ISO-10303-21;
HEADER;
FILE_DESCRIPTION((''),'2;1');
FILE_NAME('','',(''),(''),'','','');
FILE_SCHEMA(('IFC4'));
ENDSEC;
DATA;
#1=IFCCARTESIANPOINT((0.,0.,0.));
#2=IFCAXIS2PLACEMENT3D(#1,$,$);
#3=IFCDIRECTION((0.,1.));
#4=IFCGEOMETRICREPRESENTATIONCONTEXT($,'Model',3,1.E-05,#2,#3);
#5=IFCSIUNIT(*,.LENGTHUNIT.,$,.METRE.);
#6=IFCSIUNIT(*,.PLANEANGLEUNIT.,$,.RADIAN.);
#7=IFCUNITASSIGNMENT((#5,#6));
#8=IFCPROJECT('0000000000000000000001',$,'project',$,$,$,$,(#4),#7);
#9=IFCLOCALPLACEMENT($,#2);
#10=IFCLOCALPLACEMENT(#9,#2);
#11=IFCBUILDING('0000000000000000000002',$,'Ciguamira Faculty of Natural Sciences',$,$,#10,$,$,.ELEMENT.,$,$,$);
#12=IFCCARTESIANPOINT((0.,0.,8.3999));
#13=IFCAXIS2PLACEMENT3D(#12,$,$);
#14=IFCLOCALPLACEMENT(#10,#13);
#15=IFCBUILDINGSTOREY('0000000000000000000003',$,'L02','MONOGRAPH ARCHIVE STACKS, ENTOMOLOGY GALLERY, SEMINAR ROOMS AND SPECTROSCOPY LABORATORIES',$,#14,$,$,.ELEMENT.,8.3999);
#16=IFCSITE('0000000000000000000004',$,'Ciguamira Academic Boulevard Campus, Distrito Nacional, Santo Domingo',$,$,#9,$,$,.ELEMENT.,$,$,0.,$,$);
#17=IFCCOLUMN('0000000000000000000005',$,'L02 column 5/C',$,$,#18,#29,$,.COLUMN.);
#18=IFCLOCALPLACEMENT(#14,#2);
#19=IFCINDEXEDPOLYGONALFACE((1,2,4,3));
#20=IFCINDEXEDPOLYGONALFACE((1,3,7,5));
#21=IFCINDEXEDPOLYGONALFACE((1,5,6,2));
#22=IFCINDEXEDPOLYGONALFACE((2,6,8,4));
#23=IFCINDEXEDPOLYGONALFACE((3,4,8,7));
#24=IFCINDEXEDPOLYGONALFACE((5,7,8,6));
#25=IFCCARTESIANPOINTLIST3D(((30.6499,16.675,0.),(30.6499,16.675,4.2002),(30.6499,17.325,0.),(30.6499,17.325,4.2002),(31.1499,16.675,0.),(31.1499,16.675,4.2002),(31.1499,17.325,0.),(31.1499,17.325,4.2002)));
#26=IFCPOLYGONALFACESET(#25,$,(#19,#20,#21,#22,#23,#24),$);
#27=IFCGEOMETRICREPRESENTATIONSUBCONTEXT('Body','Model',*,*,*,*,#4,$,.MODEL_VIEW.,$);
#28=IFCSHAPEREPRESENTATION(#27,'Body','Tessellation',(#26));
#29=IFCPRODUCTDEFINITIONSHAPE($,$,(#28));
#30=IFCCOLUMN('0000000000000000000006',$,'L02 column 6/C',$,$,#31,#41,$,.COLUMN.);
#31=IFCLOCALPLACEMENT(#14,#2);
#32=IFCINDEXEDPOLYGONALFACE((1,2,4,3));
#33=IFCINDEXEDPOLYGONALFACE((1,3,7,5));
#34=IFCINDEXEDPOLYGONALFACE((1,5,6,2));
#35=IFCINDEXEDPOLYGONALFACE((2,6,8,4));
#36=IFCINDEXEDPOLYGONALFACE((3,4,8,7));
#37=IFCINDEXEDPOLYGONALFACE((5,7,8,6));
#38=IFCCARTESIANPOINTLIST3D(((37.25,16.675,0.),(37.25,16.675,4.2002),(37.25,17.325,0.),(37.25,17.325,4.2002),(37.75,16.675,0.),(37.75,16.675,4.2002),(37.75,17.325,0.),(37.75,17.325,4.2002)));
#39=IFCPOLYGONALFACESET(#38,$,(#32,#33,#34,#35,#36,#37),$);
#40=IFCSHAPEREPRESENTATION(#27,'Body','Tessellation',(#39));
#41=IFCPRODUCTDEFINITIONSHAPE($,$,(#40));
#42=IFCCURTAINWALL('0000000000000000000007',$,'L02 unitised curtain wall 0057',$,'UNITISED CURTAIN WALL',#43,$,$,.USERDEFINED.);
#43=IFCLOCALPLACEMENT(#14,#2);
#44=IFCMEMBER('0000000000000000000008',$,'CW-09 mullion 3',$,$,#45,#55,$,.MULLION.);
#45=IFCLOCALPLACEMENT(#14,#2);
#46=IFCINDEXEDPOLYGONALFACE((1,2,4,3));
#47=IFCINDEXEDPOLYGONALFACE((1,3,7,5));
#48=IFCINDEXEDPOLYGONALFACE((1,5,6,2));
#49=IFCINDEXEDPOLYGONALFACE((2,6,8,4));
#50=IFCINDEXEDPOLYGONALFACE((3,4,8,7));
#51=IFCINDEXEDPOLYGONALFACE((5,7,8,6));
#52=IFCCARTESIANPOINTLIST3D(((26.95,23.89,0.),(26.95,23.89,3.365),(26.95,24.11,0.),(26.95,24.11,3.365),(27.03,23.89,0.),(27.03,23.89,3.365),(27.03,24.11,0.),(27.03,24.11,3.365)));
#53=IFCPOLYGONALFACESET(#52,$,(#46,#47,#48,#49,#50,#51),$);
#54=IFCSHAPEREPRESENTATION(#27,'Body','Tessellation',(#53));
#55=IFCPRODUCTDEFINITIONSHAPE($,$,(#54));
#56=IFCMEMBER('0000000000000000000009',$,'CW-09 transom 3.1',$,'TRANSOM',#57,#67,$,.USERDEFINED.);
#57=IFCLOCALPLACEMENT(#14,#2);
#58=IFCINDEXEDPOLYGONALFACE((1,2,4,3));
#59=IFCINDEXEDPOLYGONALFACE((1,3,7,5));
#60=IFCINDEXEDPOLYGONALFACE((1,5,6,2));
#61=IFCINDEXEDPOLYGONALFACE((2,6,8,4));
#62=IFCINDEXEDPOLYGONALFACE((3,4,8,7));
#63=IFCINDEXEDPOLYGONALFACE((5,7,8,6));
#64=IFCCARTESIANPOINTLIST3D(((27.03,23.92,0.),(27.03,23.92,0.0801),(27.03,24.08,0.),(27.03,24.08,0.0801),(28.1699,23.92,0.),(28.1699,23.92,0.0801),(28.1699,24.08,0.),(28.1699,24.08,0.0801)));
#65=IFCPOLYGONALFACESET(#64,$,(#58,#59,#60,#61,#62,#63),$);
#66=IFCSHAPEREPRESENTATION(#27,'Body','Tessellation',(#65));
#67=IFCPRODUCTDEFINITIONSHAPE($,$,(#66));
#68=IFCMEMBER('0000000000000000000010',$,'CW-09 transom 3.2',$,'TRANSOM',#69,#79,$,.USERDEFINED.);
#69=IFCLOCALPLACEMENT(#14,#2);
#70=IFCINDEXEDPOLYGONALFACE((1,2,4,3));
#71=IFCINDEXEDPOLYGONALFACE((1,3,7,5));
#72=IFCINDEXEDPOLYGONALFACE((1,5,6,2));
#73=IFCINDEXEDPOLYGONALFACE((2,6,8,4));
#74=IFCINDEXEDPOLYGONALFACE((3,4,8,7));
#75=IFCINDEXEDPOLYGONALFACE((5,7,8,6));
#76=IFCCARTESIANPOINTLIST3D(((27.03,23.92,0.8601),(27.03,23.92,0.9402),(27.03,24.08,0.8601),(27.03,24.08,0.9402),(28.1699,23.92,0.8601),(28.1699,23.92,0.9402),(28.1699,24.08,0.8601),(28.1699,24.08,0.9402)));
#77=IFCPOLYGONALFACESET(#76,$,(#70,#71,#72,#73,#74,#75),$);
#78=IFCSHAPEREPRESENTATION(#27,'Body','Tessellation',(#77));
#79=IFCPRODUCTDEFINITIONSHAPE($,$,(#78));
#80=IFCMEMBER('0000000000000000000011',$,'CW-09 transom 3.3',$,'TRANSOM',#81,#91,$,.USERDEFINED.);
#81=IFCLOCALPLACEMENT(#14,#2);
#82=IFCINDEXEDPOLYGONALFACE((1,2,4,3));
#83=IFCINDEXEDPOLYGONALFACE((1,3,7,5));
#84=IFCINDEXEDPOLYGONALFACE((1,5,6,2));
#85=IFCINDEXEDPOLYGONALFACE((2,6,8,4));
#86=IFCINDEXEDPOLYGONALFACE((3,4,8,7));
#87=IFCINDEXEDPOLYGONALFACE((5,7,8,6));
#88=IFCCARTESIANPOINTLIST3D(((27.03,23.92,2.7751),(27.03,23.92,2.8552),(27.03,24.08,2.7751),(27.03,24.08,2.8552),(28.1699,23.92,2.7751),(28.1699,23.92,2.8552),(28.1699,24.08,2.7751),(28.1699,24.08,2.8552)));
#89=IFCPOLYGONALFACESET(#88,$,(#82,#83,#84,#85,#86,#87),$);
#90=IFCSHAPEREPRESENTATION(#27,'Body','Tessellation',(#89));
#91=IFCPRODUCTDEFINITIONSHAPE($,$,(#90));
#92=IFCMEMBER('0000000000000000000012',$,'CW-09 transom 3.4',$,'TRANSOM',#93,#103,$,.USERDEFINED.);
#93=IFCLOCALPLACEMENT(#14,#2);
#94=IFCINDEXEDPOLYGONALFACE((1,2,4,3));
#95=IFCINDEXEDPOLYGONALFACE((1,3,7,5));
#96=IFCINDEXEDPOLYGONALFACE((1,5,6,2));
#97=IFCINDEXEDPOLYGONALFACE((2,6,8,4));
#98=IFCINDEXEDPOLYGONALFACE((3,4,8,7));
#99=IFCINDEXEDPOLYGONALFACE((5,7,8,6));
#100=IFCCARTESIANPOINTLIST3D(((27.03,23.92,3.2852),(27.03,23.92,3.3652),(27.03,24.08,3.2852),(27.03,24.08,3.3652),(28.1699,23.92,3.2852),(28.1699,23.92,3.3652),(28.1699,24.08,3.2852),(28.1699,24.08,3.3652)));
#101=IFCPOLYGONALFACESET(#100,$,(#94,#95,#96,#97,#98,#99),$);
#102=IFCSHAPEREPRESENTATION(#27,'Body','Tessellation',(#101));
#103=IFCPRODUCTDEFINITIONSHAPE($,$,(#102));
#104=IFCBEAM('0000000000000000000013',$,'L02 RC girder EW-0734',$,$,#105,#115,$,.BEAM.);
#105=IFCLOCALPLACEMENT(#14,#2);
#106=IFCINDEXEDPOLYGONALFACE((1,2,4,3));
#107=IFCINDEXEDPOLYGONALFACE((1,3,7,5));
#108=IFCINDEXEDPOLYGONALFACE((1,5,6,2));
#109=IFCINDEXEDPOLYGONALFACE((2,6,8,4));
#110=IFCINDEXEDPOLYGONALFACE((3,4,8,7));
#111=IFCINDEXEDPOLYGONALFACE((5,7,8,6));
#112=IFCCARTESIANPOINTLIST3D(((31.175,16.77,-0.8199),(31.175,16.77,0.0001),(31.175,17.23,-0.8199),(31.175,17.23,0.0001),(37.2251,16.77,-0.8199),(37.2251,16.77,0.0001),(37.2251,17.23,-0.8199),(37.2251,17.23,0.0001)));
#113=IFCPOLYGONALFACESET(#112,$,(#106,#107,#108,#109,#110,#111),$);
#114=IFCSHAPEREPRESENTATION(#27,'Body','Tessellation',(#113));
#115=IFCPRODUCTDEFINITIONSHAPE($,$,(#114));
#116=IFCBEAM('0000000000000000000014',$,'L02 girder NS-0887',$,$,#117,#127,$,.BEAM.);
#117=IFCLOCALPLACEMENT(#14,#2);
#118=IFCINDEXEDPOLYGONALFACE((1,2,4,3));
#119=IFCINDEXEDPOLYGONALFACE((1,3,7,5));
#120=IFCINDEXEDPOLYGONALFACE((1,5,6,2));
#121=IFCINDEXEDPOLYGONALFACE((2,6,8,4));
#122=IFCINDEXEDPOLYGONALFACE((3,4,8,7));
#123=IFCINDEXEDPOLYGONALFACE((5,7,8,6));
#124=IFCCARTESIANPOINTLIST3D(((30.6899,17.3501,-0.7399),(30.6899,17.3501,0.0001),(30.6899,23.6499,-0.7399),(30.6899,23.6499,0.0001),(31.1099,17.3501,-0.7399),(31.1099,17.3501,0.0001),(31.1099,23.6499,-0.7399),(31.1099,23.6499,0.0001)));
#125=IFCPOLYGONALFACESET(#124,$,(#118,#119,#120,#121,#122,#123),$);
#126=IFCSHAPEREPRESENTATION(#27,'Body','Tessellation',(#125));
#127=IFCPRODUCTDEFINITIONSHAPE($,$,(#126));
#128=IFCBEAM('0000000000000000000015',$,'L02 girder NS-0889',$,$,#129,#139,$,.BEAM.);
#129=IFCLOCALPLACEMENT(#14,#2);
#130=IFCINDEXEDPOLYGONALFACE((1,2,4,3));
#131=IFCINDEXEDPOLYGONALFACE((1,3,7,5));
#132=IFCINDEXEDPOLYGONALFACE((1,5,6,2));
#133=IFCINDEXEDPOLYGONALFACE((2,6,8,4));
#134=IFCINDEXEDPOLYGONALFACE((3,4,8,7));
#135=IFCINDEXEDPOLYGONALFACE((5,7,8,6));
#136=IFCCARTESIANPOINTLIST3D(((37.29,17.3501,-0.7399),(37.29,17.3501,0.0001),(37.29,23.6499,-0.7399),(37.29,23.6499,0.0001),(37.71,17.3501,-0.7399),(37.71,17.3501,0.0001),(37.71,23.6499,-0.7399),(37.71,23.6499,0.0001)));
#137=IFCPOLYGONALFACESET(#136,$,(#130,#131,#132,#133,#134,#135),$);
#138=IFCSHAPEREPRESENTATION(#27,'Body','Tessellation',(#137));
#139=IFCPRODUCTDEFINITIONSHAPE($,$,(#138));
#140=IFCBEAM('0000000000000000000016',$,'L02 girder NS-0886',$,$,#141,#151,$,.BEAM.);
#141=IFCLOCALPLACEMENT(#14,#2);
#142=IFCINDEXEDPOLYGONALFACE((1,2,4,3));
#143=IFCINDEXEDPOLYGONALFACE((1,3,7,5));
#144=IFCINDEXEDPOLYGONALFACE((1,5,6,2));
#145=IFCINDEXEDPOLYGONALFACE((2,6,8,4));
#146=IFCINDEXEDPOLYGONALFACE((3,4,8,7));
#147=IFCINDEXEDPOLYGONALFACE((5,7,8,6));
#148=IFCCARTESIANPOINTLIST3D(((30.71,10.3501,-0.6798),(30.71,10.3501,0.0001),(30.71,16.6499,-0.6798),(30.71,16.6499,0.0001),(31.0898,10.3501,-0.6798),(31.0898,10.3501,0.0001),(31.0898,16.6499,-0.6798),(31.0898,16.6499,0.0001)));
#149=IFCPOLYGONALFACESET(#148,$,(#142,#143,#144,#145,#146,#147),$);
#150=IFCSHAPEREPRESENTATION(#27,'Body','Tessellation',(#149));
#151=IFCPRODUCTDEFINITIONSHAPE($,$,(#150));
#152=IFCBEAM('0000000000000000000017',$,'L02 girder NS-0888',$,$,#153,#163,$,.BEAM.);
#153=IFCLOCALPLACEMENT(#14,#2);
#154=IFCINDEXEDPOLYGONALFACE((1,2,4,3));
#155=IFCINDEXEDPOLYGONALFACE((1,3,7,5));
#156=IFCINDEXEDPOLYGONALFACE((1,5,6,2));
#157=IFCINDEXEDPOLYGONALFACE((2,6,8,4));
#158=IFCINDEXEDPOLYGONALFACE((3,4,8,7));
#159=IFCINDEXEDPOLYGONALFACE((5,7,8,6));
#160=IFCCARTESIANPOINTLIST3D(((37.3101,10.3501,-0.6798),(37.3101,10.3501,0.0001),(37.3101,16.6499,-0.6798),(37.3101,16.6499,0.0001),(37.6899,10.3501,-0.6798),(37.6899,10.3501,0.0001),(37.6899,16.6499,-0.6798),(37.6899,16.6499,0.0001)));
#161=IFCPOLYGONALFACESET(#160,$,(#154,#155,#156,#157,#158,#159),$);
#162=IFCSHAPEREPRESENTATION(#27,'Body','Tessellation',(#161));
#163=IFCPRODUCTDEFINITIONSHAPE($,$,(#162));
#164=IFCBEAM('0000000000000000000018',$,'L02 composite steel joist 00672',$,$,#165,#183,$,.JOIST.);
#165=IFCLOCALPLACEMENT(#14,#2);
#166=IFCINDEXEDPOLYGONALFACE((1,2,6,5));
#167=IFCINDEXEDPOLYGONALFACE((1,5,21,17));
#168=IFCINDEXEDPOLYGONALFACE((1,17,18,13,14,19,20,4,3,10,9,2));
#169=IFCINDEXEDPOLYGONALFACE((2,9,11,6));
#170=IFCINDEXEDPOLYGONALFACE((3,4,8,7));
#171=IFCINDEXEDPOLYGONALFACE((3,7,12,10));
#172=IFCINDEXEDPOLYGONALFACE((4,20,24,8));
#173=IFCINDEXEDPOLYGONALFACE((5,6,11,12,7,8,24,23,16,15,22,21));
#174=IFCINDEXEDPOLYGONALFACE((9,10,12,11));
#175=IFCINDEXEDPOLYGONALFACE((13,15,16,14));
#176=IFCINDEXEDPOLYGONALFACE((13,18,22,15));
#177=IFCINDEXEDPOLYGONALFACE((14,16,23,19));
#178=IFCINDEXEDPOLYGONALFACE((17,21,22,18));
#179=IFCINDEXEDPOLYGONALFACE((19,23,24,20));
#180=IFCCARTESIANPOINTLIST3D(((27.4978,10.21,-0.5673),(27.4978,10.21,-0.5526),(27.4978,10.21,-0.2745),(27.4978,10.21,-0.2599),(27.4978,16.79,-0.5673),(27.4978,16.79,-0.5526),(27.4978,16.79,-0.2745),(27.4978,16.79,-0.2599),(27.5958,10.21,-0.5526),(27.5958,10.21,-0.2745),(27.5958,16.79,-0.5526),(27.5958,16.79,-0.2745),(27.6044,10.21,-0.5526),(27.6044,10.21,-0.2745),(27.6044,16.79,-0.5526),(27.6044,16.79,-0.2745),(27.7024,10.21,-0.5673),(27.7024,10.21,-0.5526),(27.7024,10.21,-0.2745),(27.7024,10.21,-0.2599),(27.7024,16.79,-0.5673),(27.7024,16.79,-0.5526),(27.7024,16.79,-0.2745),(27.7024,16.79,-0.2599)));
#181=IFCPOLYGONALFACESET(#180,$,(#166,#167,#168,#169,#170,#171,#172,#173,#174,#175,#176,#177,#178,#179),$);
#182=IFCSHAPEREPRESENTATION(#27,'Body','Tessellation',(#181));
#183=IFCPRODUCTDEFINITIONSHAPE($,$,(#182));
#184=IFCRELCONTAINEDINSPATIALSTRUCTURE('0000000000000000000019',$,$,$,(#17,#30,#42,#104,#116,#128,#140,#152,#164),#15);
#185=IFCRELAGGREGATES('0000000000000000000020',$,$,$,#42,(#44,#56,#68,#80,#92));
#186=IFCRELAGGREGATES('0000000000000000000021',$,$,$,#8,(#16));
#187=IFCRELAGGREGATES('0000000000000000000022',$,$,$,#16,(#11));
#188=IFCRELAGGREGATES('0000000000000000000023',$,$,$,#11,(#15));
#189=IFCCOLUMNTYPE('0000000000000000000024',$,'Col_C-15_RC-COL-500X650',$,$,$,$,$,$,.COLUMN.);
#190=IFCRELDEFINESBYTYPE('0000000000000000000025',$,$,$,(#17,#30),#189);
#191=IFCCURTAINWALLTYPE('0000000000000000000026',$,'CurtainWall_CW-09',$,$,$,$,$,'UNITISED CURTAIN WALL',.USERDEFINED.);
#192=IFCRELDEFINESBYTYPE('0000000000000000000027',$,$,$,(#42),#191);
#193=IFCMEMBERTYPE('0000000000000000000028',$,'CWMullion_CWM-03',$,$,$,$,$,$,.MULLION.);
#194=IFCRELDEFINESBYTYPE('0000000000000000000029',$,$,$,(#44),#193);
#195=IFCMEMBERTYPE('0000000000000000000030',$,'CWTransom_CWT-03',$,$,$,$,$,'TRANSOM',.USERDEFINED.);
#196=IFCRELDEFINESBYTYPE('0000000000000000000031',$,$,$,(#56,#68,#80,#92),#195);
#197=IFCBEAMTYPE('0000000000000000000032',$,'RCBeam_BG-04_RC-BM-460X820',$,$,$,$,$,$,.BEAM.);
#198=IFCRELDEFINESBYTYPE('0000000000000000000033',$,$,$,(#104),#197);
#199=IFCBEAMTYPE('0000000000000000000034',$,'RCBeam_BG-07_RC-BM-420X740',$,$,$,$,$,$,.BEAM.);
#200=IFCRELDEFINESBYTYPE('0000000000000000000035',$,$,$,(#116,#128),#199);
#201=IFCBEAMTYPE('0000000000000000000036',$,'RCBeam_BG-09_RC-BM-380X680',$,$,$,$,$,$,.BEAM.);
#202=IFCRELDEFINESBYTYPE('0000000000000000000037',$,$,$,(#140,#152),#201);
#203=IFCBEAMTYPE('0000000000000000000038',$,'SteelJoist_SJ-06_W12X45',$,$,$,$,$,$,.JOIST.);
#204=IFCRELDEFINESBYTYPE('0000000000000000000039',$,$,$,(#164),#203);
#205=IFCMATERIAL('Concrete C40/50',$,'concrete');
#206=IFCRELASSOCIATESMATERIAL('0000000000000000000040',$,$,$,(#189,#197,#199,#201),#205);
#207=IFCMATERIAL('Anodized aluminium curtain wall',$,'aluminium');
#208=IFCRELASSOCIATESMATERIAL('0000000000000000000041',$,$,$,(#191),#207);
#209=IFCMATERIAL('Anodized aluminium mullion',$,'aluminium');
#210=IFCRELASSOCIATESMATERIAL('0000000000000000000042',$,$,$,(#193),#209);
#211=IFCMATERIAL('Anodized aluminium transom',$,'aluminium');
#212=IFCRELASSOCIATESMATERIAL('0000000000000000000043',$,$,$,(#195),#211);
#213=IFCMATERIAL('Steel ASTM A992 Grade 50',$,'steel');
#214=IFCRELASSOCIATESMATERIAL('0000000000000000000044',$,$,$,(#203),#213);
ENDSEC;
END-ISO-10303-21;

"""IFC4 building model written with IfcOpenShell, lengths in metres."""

from ifc_helpers import new_model, si_unit, direction, frame, origin, origin_2d, place, context, subcontext, project, spatial, rectangle, i_section, extrude, material, material_profile, profile_set, type_object, element, aggregate, save


model = new_model("IFC4")

# Units and contexts
model_context = context("Model", 3, precision=1e-05, world=origin(), true_north=direction((0.0, 1.0)))
body_context = subcontext(model_context, "Body", "Model", "MODEL_VIEW")
ifc_project = project(units=[si_unit("LENGTHUNIT", "METRE"), si_unit("PLANEANGLEUNIT", "RADIAN")], contexts=[model_context])

# Site, building, storey
site_placement = place(None, origin())
site = spatial("IfcSite", under=ifc_project, at=site_placement, Name="Ciguamira Academic Boulevard Campus, Distrito Nacional, Santo Domingo", CompositionType="ELEMENT", RefElevation=0.0)
building_placement = place(site_placement, origin())
building = spatial("IfcBuilding", under=site, at=building_placement, Name="Ciguamira Faculty of Natural Sciences", CompositionType="ELEMENT")
storey_placement = place(building_placement, frame((0.0, 0.0, 8.3999)))
storey = spatial("IfcBuildingStorey", under=building, at=storey_placement, Name="L02", Description="MONOGRAPH ARCHIVE STACKS, ENTOMOLOGY GALLERY, SEMINAR ROOMS AND SPECTROSCOPY LABORATORIES", CompositionType="ELEMENT", Elevation=8.3999)

# Columns
ifc_material_1 = material(Name="Concrete C40/50", Category="concrete")
ifc_material_profile_1 = material_profile(ifc_material_1, rectangle(XDim=0.5, YDim=0.6499, at=origin_2d()), Name="RC-COL-500X650")
ifc_profile_set_1 = profile_set([ifc_material_profile_1], Name="Concrete C40/50")
column_type = type_object("IfcColumnType", Name="Col_C-15_RC-COL-500X650", PredefinedType="COLUMN", material=ifc_profile_set_1)
for number, where, z_axis, x_axis, name in (
    (1, (30.8999, 17.0, 0.0), (0.0, 0.0, 1.0), (1.0, 0.0, 0.0), "L02 column 5/C"),
    (2, (37.5, 17.0, 0.0), (0.0, 0.0, 1.0), (1.0, 0.0, 0.0), "L02 column 6/C"),
):
    element("IfcColumn", number, at=place(storey_placement, frame(where, z_axis=z_axis, x_axis=x_axis)), inside=storey, type_object=column_type, Name=name, PredefinedType="COLUMN", context=body_context, shape_type="SweptSolid", body=[
        extrude(rectangle(XDim=0.5, YDim=0.6499, at=origin_2d()), origin(), (0.0, 0.0, 1.0), 4.2002),
    ])

# Curtain wall, members
ifc_material_2 = material(Name="Anodized aluminium curtain wall", Category="aluminium")
curtain_wall_type = type_object("IfcCurtainWallType", Name="CurtainWall_CW-09", ElementType="UNITISED CURTAIN WALL", PredefinedType="USERDEFINED", material=ifc_material_2)
curtain_wall_placement = place(storey_placement, origin())
curtain_wall = element("IfcCurtainWall", 3, at=curtain_wall_placement, inside=storey, type_object=curtain_wall_type, Name="L02 unitised curtain wall 0057", ObjectType="UNITISED CURTAIN WALL", PredefinedType="USERDEFINED")
ifc_material_3 = material(Name="Anodized aluminium mullion", Category="aluminium")
ifc_material_profile_2 = material_profile(ifc_material_3, rectangle(XDim=0.0801, YDim=0.22, at=origin_2d()), Name="ALU-MUL-80X220")
ifc_profile_set_2 = profile_set([ifc_material_profile_2], Name="Anodized aluminium mullion")
member_type_1 = type_object("IfcMemberType", Name="CWMullion_CWM-03", PredefinedType="MULLION", material=ifc_profile_set_2)
member_1_placement = place(storey_placement, frame((26.99, 24.0, 0.0), z_axis=(0.0, 0.0, 1.0), x_axis=(1.0, 0.0, 0.0)))
member_1 = element("IfcMember", 4, at=member_1_placement, type_object=member_type_1, Name="CW-09 mullion 3", PredefinedType="MULLION", context=body_context, shape_type="SweptSolid", body=[
    extrude(rectangle(XDim=0.0801, YDim=0.22, at=origin_2d()), origin(), (0.0, 0.0, 1.0), 3.365),
])
ifc_material_4 = material(Name="Anodized aluminium transom", Category="aluminium")
ifc_material_profile_3 = material_profile(ifc_material_4, rectangle(XDim=0.0801, YDim=0.1599, at=origin_2d()), Name="ALU-TRN-80X160")
ifc_profile_set_3 = profile_set([ifc_material_profile_3], Name="Anodized aluminium transom")
member_type_2 = type_object("IfcMemberType", Name="CWTransom_CWT-03", ElementType="TRANSOM", PredefinedType="USERDEFINED", material=ifc_profile_set_3)
member_2_placement = place(storey_placement, frame((27.03, 24.0, 0.04), z_axis=(1.0, 0.0, 0.0), x_axis=(0.0, 0.0, 1.0)))
member_2 = element("IfcMember", 5, at=member_2_placement, type_object=member_type_2, Name="CW-09 transom 3.1", ObjectType="TRANSOM", PredefinedType="USERDEFINED", context=body_context, shape_type="SweptSolid", body=[
    extrude(rectangle(XDim=0.0801, YDim=0.1599, at=origin_2d()), origin(), (0.0, 0.0, 1.0), 1.1399),
])
member_3_placement = place(storey_placement, frame((27.03, 24.0, 0.9001), z_axis=(1.0, 0.0, 0.0), x_axis=(0.0, 0.0, 1.0)))
member_3 = element("IfcMember", 6, at=member_3_placement, type_object=member_type_2, Name="CW-09 transom 3.2", ObjectType="TRANSOM", PredefinedType="USERDEFINED", context=body_context, shape_type="SweptSolid", body=[
    extrude(rectangle(XDim=0.0801, YDim=0.1599, at=origin_2d()), origin(), (0.0, 0.0, 1.0), 1.1399),
])
member_4_placement = place(storey_placement, frame((27.03, 24.0, 2.8152), z_axis=(1.0, 0.0, 0.0), x_axis=(0.0, 0.0, 1.0)))
member_4 = element("IfcMember", 7, at=member_4_placement, type_object=member_type_2, Name="CW-09 transom 3.3", ObjectType="TRANSOM", PredefinedType="USERDEFINED", context=body_context, shape_type="SweptSolid", body=[
    extrude(rectangle(XDim=0.0801, YDim=0.1599, at=origin_2d()), origin(), (0.0, 0.0, 1.0), 1.1399),
])
member_5_placement = place(storey_placement, frame((27.03, 24.0, 3.3252), z_axis=(1.0, 0.0, 0.0), x_axis=(0.0, 0.0, 1.0)))
member_5 = element("IfcMember", 8, at=member_5_placement, type_object=member_type_2, Name="CW-09 transom 3.4", ObjectType="TRANSOM", PredefinedType="USERDEFINED", context=body_context, shape_type="SweptSolid", body=[
    extrude(rectangle(XDim=0.0801, YDim=0.1599, at=origin_2d()), origin(), (0.0, 0.0, 1.0), 1.1399),
])

# Beams
ifc_material_profile_4 = material_profile(ifc_material_1, rectangle(XDim=0.46, YDim=0.8201, at=origin_2d()), Name="RC-BM-460X820")
ifc_profile_set_4 = profile_set([ifc_material_profile_4], Name="Concrete C40/50")
beam_type_1 = type_object("IfcBeamType", Name="RCBeam_BG-04_RC-BM-460X820", PredefinedType="BEAM", material=ifc_profile_set_4)
beam_1_placement = place(storey_placement, frame((31.175, 17.0, -0.4099), z_axis=(1.0, 0.0, 0.0), x_axis=(0.0, 1.0, 0.0)))
element("IfcBeam", 9, at=beam_1_placement, inside=storey, type_object=beam_type_1, Name="L02 RC girder EW-0734", PredefinedType="BEAM", context=body_context, shape_type="SweptSolid", body=[
    extrude(rectangle(XDim=0.46, YDim=0.8201, at=origin_2d()), origin(), (0.0, 0.0, 1.0), 6.05),
])
ifc_material_profile_5 = material_profile(ifc_material_1, rectangle(XDim=0.4199, YDim=0.74, at=origin_2d()), Name="RC-BM-420X740")
ifc_profile_set_5 = profile_set([ifc_material_profile_5], Name="Concrete C40/50")
beam_type_2 = type_object("IfcBeamType", Name="RCBeam_BG-07_RC-BM-420X740", PredefinedType="BEAM", material=ifc_profile_set_5)
for number, where, z_axis, x_axis, name in (
    (10, (30.8999, 17.3501, -0.3699), (0.0, 1.0, 0.0), (-1.0, 0.0, 0.0), "L02 girder NS-0887"),
    (11, (37.5, 17.3501, -0.3699), (0.0, 1.0, 0.0), (-1.0, 0.0, 0.0), "L02 girder NS-0889"),
):
    element("IfcBeam", number, at=place(storey_placement, frame(where, z_axis=z_axis, x_axis=x_axis)), inside=storey, type_object=beam_type_2, Name=name, PredefinedType="BEAM", context=body_context, shape_type="SweptSolid", body=[
        extrude(rectangle(XDim=0.4199, YDim=0.74, at=origin_2d()), origin(), (0.0, 0.0, 1.0), 6.2998),
    ])
ifc_material_profile_6 = material_profile(ifc_material_1, rectangle(XDim=0.3799, YDim=0.6799, at=origin_2d()), Name="RC-BM-380X680")
ifc_profile_set_6 = profile_set([ifc_material_profile_6], Name="Concrete C40/50")
beam_type_3 = type_object("IfcBeamType", Name="RCBeam_BG-09_RC-BM-380X680", PredefinedType="BEAM", material=ifc_profile_set_6)
for number, where, z_axis, x_axis, name in (
    (12, (30.8999, 10.3501, -0.3398), (0.0, 1.0, 0.0), (-1.0, 0.0, 0.0), "L02 girder NS-0886"),
    (13, (37.5, 10.3501, -0.3398), (0.0, 1.0, 0.0), (-1.0, 0.0, 0.0), "L02 girder NS-0888"),
):
    element("IfcBeam", number, at=place(storey_placement, frame(where, z_axis=z_axis, x_axis=x_axis)), inside=storey, type_object=beam_type_3, Name=name, PredefinedType="BEAM", context=body_context, shape_type="SweptSolid", body=[
        extrude(rectangle(XDim=0.3799, YDim=0.6799, at=origin_2d()), origin(), (0.0, 0.0, 1.0), 6.2998),
    ])
ifc_material_5 = material(Name="Steel ASTM A992 Grade 50", Category="steel")
ifc_material_profile_7 = material_profile(ifc_material_5, i_section(OverallWidth=0.2046, OverallDepth=0.3074, WebThickness=0.0085, FlangeThickness=0.0146, at=origin_2d()), Name="W12X45")
ifc_profile_set_7 = profile_set([ifc_material_profile_7], Name="Steel ASTM A992 Grade 50")
beam_type_4 = type_object("IfcBeamType", Name="SteelJoist_SJ-06_W12X45", PredefinedType="JOIST", material=ifc_profile_set_7)
beam_2_placement = place(storey_placement, frame((27.6001, 10.21, -0.4136), z_axis=(0.0, 1.0, 0.0), x_axis=(-1.0, 0.0, 0.0)))
element("IfcBeam", 14, at=beam_2_placement, inside=storey, type_object=beam_type_4, Name="L02 composite steel joist 00672", PredefinedType="JOIST", context=body_context, shape_type="SweptSolid", body=[
    extrude(i_section(OverallWidth=0.2046, OverallDepth=0.3074, WebThickness=0.0085, FlangeThickness=0.0146, at=origin_2d()), origin(), (0.0, 0.0, 1.0), 6.5801),
])

aggregate(curtain_wall, [member_1, member_2, member_3, member_4, member_5])

save(model, "model.ifc")
